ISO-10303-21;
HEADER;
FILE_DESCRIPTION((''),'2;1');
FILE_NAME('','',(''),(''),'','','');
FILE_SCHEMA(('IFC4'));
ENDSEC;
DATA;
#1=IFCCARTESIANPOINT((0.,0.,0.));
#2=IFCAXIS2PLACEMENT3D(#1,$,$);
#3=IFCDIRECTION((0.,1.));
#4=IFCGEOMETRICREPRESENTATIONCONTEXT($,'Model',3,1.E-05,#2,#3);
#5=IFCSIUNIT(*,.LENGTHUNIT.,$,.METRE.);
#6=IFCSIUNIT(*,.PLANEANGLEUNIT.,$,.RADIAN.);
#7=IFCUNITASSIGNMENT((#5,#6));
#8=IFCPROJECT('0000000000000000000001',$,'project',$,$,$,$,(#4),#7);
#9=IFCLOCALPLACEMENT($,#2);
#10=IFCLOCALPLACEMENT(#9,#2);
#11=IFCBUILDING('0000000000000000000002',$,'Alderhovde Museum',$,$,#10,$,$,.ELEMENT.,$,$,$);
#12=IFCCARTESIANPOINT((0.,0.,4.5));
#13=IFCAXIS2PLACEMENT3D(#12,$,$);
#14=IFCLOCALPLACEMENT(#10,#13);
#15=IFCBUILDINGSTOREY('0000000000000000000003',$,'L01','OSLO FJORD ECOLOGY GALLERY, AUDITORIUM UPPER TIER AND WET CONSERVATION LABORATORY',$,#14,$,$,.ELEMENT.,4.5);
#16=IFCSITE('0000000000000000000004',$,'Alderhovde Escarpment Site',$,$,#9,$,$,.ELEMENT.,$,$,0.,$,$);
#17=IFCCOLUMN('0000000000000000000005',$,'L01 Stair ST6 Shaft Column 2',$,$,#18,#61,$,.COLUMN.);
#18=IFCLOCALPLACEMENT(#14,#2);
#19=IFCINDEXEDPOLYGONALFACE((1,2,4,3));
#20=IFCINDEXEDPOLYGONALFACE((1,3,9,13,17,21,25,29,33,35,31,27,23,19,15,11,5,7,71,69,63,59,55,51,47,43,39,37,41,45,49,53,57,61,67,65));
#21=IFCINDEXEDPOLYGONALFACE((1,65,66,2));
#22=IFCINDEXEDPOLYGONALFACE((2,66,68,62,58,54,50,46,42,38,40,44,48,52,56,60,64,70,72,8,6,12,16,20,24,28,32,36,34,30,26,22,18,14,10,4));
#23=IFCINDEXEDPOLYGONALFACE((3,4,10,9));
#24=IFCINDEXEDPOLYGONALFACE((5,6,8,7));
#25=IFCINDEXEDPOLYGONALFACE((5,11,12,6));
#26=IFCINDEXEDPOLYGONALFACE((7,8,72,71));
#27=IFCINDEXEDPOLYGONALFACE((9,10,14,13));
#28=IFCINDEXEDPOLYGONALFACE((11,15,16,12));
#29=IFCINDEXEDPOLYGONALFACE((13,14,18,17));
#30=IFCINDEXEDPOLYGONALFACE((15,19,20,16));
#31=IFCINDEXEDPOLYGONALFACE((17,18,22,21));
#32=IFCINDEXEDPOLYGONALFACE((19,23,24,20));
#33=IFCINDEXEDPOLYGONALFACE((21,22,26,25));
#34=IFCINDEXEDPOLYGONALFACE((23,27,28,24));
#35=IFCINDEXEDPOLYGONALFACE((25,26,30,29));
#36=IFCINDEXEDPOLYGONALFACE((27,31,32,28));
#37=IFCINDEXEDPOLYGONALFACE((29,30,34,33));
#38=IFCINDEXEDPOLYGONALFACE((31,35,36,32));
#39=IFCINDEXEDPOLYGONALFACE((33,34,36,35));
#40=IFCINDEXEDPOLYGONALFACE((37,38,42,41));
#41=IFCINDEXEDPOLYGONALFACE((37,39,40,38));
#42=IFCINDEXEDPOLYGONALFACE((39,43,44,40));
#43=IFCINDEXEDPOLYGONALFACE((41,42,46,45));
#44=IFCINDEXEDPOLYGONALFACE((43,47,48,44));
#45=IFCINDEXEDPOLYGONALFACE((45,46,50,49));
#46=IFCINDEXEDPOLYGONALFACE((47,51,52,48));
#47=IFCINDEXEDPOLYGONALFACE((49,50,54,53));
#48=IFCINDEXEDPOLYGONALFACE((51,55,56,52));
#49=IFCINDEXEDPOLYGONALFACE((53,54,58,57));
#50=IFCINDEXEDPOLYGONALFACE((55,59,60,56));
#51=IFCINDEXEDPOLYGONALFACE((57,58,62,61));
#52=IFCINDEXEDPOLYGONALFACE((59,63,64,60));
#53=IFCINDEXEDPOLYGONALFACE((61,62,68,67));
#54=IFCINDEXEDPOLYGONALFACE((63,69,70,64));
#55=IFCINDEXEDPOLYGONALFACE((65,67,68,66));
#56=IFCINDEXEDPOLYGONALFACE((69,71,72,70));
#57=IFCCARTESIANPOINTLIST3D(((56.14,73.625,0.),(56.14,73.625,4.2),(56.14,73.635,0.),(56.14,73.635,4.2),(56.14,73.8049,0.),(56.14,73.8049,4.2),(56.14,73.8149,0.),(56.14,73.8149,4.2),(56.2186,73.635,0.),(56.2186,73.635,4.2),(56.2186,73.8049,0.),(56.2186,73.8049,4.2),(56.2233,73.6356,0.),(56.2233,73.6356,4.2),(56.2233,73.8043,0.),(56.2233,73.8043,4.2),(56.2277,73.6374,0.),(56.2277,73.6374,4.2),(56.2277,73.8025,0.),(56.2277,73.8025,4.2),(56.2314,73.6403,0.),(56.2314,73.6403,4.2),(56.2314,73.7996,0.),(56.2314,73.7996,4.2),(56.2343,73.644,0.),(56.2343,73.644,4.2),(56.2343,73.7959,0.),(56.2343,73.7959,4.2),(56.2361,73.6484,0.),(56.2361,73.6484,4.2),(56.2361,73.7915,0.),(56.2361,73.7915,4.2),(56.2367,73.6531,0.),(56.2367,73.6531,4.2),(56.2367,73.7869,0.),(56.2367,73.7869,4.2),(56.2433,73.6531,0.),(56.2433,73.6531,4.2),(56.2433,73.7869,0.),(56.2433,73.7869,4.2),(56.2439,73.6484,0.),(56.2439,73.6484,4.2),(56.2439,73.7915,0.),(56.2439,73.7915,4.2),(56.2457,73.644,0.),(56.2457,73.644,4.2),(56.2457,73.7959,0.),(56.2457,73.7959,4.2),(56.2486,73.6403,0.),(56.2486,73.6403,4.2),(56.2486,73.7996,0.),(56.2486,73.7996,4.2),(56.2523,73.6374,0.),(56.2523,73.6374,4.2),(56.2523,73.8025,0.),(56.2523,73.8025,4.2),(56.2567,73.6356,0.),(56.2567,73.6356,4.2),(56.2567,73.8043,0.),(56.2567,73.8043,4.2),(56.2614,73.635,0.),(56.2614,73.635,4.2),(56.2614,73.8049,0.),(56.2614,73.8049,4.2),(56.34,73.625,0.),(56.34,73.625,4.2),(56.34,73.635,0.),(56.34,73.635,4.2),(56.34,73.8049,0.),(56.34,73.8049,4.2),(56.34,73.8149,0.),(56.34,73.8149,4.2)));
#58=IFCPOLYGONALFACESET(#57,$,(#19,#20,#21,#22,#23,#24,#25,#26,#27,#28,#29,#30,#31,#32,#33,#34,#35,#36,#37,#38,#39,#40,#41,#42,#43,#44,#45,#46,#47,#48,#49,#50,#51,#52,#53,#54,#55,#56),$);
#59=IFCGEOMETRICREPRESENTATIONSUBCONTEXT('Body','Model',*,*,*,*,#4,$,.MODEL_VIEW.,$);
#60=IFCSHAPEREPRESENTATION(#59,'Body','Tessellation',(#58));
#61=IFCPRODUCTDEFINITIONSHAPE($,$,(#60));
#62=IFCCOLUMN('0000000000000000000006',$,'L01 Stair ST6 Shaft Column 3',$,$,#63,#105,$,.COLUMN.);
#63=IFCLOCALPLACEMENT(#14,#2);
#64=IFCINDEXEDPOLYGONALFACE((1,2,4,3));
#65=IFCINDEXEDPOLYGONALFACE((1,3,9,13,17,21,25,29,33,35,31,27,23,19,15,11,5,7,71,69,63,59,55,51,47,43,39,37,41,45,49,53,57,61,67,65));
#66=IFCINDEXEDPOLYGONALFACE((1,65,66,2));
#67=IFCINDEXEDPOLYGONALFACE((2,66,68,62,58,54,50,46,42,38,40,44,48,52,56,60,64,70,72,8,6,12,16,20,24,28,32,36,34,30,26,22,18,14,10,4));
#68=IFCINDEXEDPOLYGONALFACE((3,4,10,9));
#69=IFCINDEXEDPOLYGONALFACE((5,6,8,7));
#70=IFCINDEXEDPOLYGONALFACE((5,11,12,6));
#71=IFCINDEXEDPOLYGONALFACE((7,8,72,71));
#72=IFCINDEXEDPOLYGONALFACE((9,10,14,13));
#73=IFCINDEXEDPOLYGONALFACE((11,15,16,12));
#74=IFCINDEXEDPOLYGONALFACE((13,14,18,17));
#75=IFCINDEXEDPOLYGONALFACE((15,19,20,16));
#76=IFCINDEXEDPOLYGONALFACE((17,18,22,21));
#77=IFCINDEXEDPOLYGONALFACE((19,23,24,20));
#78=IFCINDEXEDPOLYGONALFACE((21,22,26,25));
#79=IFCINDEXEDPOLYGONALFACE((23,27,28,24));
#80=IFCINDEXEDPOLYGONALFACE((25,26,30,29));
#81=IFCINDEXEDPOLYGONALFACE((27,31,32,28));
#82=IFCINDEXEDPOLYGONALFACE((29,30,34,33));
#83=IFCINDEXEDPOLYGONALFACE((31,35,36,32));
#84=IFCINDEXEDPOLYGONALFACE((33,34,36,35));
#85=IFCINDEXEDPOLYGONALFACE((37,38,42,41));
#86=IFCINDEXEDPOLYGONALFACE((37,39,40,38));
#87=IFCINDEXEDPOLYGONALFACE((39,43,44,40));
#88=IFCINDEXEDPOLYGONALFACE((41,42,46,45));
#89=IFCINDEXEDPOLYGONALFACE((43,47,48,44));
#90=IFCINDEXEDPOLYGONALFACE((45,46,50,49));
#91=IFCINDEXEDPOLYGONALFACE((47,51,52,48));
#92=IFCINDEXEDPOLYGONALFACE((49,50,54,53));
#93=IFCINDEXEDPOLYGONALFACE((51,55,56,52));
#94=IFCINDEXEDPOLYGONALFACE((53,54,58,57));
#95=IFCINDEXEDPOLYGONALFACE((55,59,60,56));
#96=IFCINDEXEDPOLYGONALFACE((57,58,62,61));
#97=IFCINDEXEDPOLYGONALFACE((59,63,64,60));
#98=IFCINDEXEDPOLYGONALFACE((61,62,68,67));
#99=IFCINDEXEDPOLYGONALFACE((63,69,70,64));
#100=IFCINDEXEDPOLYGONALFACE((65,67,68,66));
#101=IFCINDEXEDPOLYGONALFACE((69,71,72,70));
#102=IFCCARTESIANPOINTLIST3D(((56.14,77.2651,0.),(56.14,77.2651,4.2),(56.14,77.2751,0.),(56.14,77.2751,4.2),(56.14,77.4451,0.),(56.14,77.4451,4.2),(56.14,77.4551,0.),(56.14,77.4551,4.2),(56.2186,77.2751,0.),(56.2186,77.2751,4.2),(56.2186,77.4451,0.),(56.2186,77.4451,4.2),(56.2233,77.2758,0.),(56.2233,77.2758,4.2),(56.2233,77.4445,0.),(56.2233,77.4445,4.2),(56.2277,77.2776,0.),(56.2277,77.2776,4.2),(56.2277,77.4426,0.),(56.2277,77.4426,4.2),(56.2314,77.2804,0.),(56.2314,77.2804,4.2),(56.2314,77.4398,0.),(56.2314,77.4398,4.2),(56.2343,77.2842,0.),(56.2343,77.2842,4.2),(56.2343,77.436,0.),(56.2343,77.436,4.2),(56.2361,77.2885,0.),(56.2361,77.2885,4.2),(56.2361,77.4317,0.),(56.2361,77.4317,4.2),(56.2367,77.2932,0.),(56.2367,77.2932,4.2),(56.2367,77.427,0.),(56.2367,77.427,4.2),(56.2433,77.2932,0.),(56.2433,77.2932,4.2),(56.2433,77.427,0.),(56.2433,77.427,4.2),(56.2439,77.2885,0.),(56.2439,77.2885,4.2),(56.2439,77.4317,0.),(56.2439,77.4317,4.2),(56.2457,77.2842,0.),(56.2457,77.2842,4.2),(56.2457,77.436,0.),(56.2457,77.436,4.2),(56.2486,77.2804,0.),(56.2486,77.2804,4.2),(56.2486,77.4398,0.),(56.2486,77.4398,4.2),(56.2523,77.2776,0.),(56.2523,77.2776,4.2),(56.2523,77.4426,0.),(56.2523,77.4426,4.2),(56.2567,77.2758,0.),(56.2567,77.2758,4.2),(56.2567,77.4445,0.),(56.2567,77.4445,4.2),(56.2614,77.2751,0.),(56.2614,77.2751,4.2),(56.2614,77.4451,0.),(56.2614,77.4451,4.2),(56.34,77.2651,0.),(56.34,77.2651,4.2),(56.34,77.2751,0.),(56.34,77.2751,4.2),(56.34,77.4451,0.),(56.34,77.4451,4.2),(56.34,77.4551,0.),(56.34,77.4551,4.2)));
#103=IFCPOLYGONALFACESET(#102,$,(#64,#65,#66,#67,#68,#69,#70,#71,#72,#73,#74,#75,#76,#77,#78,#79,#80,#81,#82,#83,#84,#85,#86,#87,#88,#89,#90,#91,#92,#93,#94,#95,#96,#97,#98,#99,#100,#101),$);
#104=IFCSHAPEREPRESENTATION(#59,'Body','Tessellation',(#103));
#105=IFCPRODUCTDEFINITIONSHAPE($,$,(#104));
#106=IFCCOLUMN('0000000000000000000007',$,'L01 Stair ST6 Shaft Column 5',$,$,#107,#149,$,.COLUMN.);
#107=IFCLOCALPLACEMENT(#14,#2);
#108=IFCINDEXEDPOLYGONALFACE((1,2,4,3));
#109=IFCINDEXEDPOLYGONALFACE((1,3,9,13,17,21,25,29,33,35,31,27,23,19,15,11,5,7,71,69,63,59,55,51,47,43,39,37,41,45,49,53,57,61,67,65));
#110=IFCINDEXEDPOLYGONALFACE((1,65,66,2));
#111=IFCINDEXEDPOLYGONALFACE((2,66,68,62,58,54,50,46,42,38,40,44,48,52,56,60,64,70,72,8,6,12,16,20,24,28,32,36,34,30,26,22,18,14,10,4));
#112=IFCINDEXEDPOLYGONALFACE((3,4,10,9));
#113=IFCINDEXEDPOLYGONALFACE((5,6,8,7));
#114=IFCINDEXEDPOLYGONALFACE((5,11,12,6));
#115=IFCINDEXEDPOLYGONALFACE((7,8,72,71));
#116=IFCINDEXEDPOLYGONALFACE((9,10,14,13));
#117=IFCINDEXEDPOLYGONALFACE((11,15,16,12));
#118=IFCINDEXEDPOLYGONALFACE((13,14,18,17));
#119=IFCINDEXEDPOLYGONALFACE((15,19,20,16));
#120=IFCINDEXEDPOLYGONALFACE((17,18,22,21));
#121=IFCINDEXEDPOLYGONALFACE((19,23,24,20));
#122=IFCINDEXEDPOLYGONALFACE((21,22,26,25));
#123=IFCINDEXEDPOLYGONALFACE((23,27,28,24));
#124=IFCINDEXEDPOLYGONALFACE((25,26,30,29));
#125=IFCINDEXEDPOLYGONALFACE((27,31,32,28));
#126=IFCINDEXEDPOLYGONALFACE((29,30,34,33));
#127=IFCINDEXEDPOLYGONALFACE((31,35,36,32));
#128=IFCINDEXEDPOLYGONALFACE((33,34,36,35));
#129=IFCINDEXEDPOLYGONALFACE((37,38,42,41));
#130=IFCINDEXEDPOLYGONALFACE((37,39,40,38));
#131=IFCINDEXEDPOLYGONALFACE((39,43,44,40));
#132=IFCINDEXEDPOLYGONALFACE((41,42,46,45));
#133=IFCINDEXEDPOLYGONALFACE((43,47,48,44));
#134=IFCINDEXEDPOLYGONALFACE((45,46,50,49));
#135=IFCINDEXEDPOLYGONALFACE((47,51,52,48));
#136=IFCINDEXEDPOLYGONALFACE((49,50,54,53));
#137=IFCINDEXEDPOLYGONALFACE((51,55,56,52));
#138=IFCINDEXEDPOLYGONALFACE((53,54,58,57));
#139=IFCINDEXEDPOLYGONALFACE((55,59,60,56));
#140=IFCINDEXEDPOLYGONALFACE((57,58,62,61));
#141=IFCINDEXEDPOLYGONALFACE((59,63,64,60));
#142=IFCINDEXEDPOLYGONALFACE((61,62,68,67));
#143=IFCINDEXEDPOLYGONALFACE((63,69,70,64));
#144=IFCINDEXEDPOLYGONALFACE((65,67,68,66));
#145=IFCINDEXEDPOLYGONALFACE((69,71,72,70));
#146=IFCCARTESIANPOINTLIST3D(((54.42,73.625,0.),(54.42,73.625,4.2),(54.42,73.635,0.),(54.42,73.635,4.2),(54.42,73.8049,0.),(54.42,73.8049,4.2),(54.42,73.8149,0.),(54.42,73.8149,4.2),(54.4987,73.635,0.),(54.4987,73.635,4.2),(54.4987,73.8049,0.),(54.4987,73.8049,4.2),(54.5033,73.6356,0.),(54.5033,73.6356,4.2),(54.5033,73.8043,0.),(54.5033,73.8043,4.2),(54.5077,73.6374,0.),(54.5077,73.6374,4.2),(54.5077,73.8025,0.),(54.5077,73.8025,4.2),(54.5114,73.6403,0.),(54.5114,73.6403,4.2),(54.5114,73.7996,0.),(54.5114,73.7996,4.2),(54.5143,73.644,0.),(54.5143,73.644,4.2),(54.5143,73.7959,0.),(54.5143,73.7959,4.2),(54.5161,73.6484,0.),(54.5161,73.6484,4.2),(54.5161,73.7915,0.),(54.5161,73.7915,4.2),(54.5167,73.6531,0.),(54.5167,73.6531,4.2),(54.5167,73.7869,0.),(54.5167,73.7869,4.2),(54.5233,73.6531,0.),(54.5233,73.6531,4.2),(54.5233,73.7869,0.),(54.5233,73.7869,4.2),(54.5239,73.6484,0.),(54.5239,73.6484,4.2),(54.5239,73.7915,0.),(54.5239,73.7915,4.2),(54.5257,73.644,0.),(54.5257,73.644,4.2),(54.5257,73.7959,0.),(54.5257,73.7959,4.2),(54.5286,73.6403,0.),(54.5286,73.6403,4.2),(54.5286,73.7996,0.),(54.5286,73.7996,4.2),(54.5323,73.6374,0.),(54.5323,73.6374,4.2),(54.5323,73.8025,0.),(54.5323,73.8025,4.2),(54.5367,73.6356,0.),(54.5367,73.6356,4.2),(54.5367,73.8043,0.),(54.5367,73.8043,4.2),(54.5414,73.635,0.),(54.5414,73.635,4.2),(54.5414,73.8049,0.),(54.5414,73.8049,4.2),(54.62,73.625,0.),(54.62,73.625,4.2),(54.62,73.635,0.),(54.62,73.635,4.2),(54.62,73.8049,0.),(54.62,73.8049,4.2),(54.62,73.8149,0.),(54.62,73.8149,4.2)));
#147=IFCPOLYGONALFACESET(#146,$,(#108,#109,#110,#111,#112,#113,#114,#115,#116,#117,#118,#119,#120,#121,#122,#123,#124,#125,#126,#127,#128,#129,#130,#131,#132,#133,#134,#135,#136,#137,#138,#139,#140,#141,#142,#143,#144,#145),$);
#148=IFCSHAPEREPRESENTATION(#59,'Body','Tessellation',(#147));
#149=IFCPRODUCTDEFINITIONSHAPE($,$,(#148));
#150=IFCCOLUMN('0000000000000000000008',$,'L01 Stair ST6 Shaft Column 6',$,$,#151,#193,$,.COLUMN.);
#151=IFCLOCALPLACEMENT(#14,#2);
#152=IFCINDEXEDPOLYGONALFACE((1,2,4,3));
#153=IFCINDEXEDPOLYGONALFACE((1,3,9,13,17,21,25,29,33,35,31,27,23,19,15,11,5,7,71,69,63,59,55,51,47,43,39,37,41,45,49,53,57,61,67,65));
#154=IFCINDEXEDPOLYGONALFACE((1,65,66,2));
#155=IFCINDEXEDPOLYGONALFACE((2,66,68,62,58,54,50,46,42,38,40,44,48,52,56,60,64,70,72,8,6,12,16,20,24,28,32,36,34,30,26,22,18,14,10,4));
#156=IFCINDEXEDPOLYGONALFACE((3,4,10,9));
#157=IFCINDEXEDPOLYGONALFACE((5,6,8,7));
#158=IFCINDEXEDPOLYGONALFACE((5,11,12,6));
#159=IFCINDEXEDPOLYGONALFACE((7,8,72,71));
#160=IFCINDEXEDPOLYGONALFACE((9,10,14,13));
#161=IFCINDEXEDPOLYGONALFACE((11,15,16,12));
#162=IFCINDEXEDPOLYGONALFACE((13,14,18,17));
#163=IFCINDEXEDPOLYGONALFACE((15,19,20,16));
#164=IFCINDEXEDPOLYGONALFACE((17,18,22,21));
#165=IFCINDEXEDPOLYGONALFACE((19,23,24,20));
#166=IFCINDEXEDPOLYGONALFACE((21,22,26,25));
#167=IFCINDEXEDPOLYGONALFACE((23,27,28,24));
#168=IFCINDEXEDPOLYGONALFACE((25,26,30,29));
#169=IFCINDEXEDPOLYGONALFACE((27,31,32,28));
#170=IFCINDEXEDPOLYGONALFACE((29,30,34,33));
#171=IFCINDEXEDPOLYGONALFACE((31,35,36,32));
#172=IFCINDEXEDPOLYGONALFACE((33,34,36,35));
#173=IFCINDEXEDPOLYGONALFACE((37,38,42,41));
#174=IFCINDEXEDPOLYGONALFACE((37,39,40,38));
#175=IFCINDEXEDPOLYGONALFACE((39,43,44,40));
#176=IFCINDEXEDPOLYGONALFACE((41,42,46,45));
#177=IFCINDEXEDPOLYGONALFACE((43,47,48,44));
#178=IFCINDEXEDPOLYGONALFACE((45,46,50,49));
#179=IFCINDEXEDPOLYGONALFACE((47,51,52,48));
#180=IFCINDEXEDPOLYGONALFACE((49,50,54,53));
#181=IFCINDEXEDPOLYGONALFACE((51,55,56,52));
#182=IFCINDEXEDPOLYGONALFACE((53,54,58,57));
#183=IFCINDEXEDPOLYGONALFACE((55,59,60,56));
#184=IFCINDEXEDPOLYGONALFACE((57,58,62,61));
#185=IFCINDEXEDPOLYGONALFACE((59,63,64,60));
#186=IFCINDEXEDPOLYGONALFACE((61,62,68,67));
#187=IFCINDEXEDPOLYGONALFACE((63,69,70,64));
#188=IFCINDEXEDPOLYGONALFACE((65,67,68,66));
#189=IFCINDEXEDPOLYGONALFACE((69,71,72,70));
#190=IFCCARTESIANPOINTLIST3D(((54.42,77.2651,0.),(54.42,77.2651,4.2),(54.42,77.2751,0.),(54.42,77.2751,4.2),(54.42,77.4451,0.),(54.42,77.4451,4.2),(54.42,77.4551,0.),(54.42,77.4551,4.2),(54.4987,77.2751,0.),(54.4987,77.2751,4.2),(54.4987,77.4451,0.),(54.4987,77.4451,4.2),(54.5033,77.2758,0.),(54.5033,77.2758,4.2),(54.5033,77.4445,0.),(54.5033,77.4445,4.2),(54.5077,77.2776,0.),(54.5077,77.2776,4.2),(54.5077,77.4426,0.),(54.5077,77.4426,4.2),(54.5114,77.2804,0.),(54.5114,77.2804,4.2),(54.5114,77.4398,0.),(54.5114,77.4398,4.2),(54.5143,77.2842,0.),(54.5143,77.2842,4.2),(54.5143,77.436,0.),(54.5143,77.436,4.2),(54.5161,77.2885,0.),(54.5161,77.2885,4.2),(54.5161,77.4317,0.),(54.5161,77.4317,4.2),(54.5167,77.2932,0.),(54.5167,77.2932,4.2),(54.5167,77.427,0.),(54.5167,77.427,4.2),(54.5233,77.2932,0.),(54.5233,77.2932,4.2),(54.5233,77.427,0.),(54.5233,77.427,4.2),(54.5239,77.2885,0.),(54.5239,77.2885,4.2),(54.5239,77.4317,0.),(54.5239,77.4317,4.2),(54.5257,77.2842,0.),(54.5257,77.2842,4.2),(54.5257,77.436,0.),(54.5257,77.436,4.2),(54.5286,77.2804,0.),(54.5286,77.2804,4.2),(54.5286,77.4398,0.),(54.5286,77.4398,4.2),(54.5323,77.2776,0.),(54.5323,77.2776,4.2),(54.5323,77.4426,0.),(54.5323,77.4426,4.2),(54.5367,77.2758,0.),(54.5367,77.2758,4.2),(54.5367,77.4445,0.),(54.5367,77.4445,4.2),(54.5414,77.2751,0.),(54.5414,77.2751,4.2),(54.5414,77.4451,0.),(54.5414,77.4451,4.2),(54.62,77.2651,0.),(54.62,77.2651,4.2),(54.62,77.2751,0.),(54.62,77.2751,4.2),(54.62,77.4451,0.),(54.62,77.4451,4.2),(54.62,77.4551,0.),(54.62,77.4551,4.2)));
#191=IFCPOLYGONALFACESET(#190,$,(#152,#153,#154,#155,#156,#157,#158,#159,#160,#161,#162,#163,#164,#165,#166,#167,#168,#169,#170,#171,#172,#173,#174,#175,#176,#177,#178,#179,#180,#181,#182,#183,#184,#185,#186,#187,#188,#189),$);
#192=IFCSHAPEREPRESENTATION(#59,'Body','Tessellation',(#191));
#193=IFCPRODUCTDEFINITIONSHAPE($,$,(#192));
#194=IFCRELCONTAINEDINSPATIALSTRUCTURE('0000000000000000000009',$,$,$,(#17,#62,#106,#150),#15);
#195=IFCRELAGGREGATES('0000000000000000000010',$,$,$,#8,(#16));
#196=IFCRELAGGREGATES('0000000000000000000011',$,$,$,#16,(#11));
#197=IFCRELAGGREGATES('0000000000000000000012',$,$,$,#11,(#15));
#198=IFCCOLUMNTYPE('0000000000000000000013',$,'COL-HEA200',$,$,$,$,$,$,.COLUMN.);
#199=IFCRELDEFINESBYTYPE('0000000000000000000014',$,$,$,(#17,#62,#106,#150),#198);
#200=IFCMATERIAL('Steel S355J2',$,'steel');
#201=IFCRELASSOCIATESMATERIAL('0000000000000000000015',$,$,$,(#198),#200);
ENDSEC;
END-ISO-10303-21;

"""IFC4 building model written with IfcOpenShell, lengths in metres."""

from ifc_helpers import new_model, si_unit, direction, frame, origin, origin_2d, place, context, subcontext, project, spatial, i_section, extrude, material, material_profile, profile_set, type_object, element, save


model = new_model("IFC4")

# Units and contexts
model_context = context("Model", 3, precision=1e-05, world=origin(), true_north=direction((0.0, 1.0)))
body_context = subcontext(model_context, "Body", "Model", "MODEL_VIEW")
ifc_project = project(units=[si_unit("LENGTHUNIT", "METRE"), si_unit("PLANEANGLEUNIT", "RADIAN")], contexts=[model_context])

# Site, building, storey
site_placement = place(None, origin())
site = spatial("IfcSite", under=ifc_project, at=site_placement, Name="Alderhovde Escarpment Site", CompositionType="ELEMENT", RefElevation=0.0)
building_placement = place(site_placement, origin())
building = spatial("IfcBuilding", under=site, at=building_placement, Name="Alderhovde Museum", CompositionType="ELEMENT")
storey_placement = place(building_placement, frame((0.0, 0.0, 4.5)))
storey = spatial("IfcBuildingStorey", under=building, at=storey_placement, Name="L01", Description="OSLO FJORD ECOLOGY GALLERY, AUDITORIUM UPPER TIER AND WET CONSERVATION LABORATORY", CompositionType="ELEMENT", Elevation=4.5)

# Columns
ifc_material_1 = material(Name="Steel S355J2", Category="steel")
ifc_material_profile_1 = material_profile(ifc_material_1, i_section(OverallWidth=0.2, OverallDepth=0.1899, WebThickness=0.0066, FlangeThickness=0.01, FilletRadius=0.0181, at=origin_2d()), Name="HEA 200")
ifc_profile_set_1 = profile_set([ifc_material_profile_1], Name="Steel S355J2")
column_type_1 = type_object("IfcColumnType", Name="COL-HEA200", PredefinedType="COLUMN", material=ifc_profile_set_1)
for number, where, z_axis, x_axis, name in (
    (1, (56.24, 73.72, 0.0), (0.0, 0.0, 1.0), (1.0, 0.0, 0.0), "L01 Stair ST6 Shaft Column 2"),
    (2, (56.24, 77.3601, 0.0), (0.0, 0.0, 1.0), (1.0, 0.0, 0.0), "L01 Stair ST6 Shaft Column 3"),
    (3, (54.52, 73.72, 0.0), (0.0, 0.0, 1.0), (1.0, 0.0, 0.0), "L01 Stair ST6 Shaft Column 5"),
    (4, (54.52, 77.3601, 0.0), (0.0, 0.0, 1.0), (1.0, 0.0, 0.0), "L01 Stair ST6 Shaft Column 6"),
):
    element("IfcColumn", number, at=place(storey_placement, frame(where, z_axis=z_axis, x_axis=x_axis)), inside=storey, type_object=column_type_1, Name=name, PredefinedType="COLUMN", context=body_context, shape_type="SweptSolid", body=[
        extrude(i_section(OverallWidth=0.2, OverallDepth=0.1899, WebThickness=0.0066, FlangeThickness=0.01, FilletRadius=0.0181, at=origin_2d()), origin(), (0.0, 0.0, 1.0), 4.2),
    ])

save(model, "model.ifc")
